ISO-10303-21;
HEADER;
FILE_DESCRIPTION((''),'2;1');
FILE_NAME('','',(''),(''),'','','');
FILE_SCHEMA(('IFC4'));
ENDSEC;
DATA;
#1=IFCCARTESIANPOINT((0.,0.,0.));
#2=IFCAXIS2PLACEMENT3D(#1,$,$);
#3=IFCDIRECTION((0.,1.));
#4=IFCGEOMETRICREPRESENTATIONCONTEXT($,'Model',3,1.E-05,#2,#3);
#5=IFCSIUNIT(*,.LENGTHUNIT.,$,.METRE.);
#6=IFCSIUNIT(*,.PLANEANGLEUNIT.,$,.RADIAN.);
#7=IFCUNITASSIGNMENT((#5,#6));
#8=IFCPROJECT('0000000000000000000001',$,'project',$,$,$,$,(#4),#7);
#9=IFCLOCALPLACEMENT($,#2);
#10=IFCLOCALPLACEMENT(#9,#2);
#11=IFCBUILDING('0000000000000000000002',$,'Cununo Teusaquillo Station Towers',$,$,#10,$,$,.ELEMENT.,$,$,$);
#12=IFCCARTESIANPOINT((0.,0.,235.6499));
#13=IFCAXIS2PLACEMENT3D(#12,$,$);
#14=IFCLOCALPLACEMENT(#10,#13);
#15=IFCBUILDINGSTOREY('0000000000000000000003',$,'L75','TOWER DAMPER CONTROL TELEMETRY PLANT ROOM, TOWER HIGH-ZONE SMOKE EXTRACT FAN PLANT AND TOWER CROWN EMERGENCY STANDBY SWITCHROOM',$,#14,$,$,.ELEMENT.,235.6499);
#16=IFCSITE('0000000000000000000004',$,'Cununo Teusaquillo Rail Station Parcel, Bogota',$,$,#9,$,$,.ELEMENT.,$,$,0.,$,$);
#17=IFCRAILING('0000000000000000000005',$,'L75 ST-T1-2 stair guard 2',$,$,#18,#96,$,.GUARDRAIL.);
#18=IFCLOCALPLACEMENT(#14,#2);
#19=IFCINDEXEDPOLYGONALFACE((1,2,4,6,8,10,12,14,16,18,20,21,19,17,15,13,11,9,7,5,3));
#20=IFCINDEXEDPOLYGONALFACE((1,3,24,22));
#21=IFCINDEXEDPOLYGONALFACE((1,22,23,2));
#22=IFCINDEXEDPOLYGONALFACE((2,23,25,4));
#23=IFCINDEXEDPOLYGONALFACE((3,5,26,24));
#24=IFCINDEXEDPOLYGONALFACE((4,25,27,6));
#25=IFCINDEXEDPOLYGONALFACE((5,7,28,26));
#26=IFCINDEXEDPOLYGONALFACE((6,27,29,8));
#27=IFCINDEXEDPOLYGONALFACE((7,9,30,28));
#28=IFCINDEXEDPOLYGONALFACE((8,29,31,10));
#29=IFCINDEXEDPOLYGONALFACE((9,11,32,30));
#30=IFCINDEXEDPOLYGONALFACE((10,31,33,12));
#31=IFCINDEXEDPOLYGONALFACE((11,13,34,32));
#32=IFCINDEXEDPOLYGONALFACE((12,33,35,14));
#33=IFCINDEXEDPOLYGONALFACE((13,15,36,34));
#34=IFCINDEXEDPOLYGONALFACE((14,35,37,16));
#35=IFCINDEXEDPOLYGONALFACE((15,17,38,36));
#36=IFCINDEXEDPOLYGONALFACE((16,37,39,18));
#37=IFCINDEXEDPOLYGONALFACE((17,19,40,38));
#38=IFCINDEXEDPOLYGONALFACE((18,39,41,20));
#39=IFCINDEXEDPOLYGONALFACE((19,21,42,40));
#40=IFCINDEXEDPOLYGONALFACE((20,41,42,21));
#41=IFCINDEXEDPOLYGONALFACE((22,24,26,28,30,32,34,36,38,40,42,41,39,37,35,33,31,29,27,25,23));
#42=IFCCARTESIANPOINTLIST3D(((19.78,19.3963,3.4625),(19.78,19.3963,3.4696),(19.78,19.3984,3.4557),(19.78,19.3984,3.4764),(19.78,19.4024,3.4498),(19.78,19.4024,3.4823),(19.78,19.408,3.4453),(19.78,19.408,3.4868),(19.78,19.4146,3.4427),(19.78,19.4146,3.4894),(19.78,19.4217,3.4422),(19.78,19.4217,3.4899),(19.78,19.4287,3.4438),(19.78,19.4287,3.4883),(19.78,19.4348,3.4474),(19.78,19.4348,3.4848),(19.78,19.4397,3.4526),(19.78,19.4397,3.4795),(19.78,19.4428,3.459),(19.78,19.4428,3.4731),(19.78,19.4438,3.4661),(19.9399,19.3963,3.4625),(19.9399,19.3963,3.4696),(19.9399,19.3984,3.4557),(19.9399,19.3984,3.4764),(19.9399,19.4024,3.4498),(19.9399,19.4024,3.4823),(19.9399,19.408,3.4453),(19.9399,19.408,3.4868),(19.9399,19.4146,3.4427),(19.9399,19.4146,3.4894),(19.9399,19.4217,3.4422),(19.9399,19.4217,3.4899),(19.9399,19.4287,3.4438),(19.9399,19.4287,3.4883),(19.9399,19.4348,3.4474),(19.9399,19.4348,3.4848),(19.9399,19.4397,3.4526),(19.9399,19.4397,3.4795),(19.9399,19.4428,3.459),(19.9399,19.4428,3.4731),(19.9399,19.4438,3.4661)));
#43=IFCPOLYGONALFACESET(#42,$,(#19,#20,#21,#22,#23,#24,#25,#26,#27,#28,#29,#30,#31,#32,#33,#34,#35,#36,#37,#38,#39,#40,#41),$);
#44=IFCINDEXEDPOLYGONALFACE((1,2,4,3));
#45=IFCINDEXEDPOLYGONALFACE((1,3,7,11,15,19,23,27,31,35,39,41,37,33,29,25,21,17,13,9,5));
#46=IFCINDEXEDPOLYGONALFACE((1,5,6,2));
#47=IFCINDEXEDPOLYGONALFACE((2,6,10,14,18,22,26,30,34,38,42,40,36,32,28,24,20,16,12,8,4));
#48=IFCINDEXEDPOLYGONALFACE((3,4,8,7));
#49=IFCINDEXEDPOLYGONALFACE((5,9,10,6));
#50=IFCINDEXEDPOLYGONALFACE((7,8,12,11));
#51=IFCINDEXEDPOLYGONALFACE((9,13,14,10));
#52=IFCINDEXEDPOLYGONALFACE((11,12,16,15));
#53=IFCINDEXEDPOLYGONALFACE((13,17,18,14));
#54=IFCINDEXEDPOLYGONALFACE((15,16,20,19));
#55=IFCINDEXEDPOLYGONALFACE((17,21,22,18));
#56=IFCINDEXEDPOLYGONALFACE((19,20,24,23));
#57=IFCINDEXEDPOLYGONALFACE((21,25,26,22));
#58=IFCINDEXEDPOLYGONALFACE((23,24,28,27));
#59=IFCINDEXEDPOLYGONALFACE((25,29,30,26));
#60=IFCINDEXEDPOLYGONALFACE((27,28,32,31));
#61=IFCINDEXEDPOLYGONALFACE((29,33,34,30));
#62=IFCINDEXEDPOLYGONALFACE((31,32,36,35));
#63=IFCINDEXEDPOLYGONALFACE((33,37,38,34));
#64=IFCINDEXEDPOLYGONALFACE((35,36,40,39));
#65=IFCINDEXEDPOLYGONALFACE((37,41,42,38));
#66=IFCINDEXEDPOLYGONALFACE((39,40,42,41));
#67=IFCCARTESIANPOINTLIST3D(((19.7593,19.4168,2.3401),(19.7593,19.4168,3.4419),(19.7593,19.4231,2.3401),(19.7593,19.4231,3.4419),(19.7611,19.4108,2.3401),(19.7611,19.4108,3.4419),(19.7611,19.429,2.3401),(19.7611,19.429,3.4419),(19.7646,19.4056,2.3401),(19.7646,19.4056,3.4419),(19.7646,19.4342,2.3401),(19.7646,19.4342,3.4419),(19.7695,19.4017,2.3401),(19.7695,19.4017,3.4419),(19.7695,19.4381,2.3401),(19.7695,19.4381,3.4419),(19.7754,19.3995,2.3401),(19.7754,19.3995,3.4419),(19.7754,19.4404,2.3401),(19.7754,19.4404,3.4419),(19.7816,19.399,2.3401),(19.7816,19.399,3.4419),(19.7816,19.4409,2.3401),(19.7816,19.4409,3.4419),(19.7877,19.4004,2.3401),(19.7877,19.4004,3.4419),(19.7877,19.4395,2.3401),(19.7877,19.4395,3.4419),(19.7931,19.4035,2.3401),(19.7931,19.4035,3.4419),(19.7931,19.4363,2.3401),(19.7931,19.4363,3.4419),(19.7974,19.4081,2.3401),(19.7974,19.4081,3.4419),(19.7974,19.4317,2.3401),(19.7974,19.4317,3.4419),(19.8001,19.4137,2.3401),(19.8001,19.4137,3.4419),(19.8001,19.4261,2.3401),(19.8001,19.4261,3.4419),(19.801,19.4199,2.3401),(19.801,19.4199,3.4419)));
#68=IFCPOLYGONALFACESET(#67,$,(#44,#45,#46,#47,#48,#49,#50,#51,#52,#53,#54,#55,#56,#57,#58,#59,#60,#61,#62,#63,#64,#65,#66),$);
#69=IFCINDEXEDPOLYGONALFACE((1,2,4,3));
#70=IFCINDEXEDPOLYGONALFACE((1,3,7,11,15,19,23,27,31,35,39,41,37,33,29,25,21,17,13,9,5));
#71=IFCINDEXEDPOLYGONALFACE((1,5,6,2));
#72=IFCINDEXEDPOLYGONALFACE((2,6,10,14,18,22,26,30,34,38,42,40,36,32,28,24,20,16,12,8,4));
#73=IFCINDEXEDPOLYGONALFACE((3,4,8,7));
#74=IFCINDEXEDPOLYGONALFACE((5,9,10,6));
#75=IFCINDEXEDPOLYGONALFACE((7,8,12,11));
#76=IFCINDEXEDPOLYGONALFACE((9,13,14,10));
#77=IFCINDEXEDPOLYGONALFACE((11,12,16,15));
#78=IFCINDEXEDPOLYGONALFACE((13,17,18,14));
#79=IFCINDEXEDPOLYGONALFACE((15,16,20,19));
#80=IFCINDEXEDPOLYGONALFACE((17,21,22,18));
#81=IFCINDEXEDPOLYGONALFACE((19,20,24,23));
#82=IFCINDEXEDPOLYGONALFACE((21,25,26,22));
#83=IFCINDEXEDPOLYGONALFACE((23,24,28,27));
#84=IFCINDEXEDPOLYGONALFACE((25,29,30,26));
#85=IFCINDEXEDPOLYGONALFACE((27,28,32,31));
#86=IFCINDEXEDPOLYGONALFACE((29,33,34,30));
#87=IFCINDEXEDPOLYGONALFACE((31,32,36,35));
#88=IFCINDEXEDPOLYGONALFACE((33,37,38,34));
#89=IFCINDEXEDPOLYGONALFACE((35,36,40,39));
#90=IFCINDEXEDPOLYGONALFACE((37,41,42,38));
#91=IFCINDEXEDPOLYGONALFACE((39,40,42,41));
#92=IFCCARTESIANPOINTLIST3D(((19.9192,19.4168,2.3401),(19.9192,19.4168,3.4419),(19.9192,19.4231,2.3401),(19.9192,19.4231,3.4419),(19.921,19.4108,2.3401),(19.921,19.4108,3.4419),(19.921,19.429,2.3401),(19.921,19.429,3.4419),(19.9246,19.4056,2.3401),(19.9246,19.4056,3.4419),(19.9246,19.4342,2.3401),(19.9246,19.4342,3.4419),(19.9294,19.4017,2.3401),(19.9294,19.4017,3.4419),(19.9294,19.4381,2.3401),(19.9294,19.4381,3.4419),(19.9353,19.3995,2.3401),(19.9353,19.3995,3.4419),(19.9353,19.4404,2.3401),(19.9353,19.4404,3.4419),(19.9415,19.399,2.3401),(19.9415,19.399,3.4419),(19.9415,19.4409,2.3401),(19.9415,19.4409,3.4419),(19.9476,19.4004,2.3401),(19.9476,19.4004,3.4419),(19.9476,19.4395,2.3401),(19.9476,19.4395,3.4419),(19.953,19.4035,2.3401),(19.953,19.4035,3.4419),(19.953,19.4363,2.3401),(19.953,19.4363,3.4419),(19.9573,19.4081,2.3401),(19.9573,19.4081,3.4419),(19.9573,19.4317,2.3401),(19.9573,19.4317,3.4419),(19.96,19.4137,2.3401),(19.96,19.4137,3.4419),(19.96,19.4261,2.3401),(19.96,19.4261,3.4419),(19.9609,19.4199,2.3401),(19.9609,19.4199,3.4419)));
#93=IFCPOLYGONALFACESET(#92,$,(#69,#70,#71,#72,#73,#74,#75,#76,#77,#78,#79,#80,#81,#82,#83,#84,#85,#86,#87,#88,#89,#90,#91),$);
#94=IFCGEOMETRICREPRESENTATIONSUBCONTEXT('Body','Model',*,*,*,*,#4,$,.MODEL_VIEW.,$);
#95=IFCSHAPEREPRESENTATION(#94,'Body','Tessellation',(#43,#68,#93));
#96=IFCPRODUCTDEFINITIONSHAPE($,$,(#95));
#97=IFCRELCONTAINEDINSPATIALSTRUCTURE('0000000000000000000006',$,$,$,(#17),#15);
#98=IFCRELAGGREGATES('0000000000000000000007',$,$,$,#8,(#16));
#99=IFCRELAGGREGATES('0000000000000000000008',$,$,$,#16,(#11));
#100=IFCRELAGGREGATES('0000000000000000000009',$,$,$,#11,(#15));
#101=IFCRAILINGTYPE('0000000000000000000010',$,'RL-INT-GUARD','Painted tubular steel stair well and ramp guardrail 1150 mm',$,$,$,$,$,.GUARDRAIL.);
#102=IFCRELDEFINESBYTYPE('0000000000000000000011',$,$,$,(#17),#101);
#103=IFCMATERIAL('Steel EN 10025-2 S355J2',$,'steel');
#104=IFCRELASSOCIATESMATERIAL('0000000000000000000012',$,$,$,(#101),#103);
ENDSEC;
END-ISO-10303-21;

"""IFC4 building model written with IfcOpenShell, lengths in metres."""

from ifc_helpers import new_model, si_unit, direction, frame, origin, origin_2d, place, context, subcontext, project, spatial, circle, extrude, material, type_object, element, save


model = new_model("IFC4")

# Units and contexts
model_context = context("Model", 3, precision=1e-05, world=origin(), true_north=direction((0.0, 1.0)))
body_context = subcontext(model_context, "Body", "Model", "MODEL_VIEW")
ifc_project = project(units=[si_unit("LENGTHUNIT", "METRE"), si_unit("PLANEANGLEUNIT", "RADIAN")], contexts=[model_context])

# Site, building, storey
site_placement = place(None, origin())
site = spatial("IfcSite", under=ifc_project, at=site_placement, Name="Cununo Teusaquillo Rail Station Parcel, Bogota", CompositionType="ELEMENT", RefElevation=0.0)
building_placement = place(site_placement, origin())
building = spatial("IfcBuilding", under=site, at=building_placement, Name="Cununo Teusaquillo Station Towers", CompositionType="ELEMENT")
storey_placement = place(building_placement, frame((0.0, 0.0, 235.6499)))
storey = spatial("IfcBuildingStorey", under=building, at=storey_placement, Name="L75", Description="TOWER DAMPER CONTROL TELEMETRY PLANT ROOM, TOWER HIGH-ZONE SMOKE EXTRACT FAN PLANT AND TOWER CROWN EMERGENCY STANDBY SWITCHROOM", CompositionType="ELEMENT", Elevation=235.6499)

# Railing
ifc_material_1 = material(Name="Steel EN 10025-2 S355J2", Category="steel")
railing_type_1 = type_object("IfcRailingType", Name="RL-INT-GUARD", Description="Painted tubular steel stair well and ramp guardrail 1150 mm", PredefinedType="GUARDRAIL", material=ifc_material_1)
railing_1_placement = place(storey_placement, frame((19.78, 19.4199, 2.3401)))
element("IfcRailing", 1, at=railing_1_placement, inside=storey, type_object=railing_type_1, Name="L75 ST-T1-2 stair guard 2", PredefinedType="GUARDRAIL", context=body_context, shape_type="SweptSolid", body=[
    extrude(circle(Radius=0.0239, at=origin_2d()), frame((0.0, 0.0, 1.126), z_axis=(1.0, 0.0, 0.0), x_axis=(0.0, 1.0, 0.0)), (0.0, 0.0, 1.0), 0.1599),
    extrude(circle(Radius=0.021, at=origin_2d()), origin(), (0.0, 0.0, 1.0), 1.1018),
    extrude(circle(Radius=0.021, at=origin_2d()), frame((0.1599, 0.0, 0.0)), (0.0, 0.0, 1.0), 1.1018),
])

save(model, "model.ifc")
